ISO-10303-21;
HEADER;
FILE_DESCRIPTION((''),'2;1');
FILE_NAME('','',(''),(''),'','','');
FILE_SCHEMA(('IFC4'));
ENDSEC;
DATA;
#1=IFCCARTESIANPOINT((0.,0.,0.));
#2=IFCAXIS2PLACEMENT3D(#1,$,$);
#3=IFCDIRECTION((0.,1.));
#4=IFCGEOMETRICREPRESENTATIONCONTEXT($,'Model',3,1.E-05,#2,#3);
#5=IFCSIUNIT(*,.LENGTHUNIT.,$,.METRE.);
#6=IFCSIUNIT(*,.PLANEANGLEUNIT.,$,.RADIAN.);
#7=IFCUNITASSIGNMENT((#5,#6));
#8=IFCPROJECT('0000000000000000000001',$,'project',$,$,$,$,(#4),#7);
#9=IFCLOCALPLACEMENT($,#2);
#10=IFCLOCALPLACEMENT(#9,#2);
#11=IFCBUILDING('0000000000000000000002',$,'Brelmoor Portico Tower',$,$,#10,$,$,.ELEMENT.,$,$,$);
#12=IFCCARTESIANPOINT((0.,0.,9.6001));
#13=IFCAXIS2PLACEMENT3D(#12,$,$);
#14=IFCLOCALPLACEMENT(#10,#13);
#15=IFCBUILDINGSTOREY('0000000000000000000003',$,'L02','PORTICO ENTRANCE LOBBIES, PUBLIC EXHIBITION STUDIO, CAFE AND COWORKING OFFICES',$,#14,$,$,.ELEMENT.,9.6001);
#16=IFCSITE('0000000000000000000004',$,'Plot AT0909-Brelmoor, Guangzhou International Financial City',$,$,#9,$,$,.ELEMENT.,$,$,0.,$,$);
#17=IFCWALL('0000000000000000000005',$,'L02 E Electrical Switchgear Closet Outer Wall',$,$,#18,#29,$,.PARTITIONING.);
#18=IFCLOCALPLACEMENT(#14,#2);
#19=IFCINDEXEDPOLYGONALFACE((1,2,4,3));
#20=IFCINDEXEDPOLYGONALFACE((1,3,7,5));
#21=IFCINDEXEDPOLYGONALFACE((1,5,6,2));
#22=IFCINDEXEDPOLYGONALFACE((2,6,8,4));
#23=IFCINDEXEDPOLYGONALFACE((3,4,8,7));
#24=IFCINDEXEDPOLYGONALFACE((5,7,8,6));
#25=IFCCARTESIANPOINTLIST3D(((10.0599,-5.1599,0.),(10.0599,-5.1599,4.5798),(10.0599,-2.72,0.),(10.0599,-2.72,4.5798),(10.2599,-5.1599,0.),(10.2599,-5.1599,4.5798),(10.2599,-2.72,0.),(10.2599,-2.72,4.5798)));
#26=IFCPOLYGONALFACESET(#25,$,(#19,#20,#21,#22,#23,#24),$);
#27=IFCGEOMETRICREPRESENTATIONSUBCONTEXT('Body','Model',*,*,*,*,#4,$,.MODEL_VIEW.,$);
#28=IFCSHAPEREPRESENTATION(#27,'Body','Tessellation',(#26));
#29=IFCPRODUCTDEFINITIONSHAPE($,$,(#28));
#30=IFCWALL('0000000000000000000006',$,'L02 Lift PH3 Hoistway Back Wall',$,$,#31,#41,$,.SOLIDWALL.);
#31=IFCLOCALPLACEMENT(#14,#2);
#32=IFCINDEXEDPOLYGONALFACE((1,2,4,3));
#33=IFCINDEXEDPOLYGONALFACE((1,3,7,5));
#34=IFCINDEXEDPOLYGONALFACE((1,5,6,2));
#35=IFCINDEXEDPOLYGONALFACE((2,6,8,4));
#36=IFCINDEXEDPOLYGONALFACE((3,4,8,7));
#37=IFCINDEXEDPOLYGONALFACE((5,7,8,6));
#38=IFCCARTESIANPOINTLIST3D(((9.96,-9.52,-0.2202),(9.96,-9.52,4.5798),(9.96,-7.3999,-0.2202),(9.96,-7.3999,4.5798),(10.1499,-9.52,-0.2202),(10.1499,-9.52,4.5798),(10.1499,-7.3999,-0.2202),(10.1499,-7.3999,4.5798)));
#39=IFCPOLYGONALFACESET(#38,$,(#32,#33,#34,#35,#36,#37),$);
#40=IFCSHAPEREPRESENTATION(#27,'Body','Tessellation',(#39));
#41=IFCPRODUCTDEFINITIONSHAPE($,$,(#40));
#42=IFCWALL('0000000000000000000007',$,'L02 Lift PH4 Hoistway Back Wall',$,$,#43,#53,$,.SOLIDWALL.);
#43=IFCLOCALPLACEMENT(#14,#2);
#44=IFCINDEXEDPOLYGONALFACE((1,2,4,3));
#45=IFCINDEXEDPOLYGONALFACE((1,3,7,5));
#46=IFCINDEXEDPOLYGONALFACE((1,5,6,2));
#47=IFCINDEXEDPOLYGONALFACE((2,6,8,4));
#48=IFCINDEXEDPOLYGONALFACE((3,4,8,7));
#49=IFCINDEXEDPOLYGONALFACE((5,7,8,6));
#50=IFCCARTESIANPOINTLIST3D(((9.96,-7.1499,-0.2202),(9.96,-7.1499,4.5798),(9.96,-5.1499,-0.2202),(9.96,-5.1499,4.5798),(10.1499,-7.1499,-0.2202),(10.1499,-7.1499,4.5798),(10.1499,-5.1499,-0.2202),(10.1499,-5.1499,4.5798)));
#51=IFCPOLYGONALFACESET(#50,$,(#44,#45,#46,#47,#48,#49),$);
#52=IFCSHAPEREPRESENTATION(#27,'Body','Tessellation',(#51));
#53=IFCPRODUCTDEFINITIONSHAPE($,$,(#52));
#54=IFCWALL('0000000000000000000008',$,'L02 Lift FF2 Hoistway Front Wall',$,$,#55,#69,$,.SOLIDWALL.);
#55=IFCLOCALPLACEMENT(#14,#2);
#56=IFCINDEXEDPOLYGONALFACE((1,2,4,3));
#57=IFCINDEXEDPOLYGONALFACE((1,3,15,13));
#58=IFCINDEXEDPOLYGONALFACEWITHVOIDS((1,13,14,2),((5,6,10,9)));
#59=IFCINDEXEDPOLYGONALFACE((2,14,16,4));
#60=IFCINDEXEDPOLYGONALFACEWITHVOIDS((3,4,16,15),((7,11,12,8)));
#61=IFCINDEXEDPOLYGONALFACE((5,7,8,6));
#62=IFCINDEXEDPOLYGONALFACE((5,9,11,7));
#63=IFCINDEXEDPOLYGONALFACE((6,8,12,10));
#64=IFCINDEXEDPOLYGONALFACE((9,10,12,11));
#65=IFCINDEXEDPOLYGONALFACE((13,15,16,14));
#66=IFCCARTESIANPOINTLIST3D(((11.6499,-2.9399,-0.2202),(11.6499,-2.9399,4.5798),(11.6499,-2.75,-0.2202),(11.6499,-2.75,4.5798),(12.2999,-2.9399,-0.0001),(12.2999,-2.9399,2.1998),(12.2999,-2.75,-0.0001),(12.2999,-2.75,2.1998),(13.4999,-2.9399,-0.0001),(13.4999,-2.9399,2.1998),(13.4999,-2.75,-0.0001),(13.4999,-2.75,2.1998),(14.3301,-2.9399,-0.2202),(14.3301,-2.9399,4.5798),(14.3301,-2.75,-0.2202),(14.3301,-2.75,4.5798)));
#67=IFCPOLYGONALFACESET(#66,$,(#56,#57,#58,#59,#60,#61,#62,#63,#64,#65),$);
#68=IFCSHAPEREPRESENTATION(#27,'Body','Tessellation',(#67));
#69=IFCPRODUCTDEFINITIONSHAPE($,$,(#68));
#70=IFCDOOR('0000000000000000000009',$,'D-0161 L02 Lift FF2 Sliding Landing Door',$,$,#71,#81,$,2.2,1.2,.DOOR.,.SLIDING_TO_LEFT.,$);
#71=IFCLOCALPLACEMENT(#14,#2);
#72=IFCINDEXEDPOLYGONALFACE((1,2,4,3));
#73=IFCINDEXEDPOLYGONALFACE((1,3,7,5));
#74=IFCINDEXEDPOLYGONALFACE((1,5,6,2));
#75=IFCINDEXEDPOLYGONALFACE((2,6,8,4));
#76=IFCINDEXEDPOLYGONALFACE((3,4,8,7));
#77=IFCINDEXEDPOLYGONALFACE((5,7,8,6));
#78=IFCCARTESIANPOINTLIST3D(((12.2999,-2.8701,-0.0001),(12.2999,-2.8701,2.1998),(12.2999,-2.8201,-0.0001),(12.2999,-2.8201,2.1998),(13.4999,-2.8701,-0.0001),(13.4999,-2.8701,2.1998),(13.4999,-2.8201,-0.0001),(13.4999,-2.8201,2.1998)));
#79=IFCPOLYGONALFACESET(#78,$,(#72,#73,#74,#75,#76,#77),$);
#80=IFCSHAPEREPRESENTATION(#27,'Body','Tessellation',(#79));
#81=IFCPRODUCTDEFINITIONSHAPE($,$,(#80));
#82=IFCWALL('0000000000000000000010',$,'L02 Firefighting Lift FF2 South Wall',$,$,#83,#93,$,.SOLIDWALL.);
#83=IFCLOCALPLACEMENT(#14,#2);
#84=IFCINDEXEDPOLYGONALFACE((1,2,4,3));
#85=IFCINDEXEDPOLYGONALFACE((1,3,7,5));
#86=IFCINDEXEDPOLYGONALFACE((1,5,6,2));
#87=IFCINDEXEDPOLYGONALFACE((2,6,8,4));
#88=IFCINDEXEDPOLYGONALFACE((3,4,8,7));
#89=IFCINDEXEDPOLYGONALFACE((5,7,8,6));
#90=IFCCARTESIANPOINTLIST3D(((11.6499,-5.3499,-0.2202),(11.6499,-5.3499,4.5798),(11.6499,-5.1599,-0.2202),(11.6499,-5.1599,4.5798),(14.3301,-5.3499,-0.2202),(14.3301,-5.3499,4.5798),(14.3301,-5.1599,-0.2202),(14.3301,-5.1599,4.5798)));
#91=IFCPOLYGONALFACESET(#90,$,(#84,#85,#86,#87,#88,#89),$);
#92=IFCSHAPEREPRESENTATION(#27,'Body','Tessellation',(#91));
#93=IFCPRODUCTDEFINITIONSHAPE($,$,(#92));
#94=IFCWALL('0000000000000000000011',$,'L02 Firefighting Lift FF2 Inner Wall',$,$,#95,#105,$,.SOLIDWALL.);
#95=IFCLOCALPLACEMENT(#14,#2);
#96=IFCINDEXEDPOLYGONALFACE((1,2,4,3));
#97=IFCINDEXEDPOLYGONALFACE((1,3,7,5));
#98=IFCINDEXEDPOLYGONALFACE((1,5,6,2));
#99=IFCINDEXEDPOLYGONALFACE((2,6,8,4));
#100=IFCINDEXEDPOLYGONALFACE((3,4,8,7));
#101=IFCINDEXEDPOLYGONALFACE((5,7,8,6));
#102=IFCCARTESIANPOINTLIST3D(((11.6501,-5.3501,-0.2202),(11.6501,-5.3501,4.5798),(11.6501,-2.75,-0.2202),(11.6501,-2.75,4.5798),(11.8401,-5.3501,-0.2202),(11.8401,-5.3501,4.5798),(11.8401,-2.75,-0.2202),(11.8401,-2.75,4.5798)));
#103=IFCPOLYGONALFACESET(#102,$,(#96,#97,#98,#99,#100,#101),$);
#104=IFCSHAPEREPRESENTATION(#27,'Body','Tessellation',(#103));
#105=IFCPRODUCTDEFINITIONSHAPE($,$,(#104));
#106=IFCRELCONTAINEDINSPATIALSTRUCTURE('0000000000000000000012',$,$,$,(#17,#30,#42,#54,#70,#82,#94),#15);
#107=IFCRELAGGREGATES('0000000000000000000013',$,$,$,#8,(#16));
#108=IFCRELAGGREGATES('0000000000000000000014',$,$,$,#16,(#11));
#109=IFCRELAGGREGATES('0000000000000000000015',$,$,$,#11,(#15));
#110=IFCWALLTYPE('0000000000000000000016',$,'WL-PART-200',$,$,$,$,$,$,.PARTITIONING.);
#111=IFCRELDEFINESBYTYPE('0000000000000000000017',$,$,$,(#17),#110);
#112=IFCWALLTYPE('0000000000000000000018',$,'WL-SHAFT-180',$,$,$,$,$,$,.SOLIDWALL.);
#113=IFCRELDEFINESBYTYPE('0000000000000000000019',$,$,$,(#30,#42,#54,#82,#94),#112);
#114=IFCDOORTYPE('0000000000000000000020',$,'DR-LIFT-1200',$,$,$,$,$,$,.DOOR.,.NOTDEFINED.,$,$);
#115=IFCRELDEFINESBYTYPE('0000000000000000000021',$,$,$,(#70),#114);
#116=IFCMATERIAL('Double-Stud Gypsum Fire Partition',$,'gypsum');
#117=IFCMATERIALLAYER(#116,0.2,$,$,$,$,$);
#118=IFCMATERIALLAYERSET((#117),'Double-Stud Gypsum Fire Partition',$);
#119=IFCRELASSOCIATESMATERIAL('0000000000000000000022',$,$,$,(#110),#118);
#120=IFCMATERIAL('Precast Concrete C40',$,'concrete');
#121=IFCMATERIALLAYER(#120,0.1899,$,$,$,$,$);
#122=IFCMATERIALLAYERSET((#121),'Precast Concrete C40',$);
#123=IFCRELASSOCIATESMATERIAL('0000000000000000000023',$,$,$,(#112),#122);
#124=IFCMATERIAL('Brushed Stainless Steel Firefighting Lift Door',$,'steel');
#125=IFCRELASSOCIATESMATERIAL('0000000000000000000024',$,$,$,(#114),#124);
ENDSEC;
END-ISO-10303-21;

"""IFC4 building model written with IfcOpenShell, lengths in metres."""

from ifc_helpers import new_model, si_unit, direction, frame, frame_2d, origin, place, context, subcontext, project, spatial, rectangle, extrude, material, layer, layer_set, type_object, element, fill, save


model = new_model("IFC4")

# Units and contexts
model_context = context("Model", 3, precision=1e-05, world=origin(), true_north=direction((0.0, 1.0)))
body_context = subcontext(model_context, "Body", "Model", "MODEL_VIEW")
ifc_project = project(units=[si_unit("LENGTHUNIT", "METRE"), si_unit("PLANEANGLEUNIT", "RADIAN")], contexts=[model_context])

# Site, building, storey
site_placement = place(None, origin())
site = spatial("IfcSite", under=ifc_project, at=site_placement, Name="Plot AT0909-Brelmoor, Guangzhou International Financial City", CompositionType="ELEMENT", RefElevation=0.0)
building_placement = place(site_placement, origin())
building = spatial("IfcBuilding", under=site, at=building_placement, Name="Brelmoor Portico Tower", CompositionType="ELEMENT")
storey_placement = place(building_placement, frame((0.0, 0.0, 9.6001)))
storey = spatial("IfcBuildingStorey", under=building, at=storey_placement, Name="L02", Description="PORTICO ENTRANCE LOBBIES, PUBLIC EXHIBITION STUDIO, CAFE AND COWORKING OFFICES", CompositionType="ELEMENT", Elevation=9.6001)

# Shared definitions
ifc_material_1 = material(Name="Double-Stud Gypsum Fire Partition", Category="gypsum")
ifc_layer_1 = layer(ifc_material_1, 0.2)
ifc_layer_set_1 = layer_set([ifc_layer_1], Name="Double-Stud Gypsum Fire Partition")
wall_type_1 = type_object("IfcWallType", Name="WL-PART-200", PredefinedType="PARTITIONING", material=ifc_layer_set_1)

# Walls
wall_1_placement = place(storey_placement, frame((10.1599, -5.1599, 0.0), z_axis=(0.0, 0.0, 1.0), x_axis=(0.0, 1.0, 0.0)))
element("IfcWall", 1, at=wall_1_placement, inside=storey, type_object=wall_type_1, Name="L02 E Electrical Switchgear Closet Outer Wall", PredefinedType="PARTITIONING", context=body_context, shape_type="SweptSolid", body=[
    extrude(rectangle(XDim=2.4399, YDim=0.2, at=frame_2d((1.22, 0.0))), origin(), (0.0, 0.0, 1.0), 4.5798),
])
ifc_material_2 = material(Name="Precast Concrete C40", Category="concrete")
ifc_layer_2 = layer(ifc_material_2, 0.1899)
ifc_layer_set_2 = layer_set([ifc_layer_2], Name="Precast Concrete C40")
wall_type_2 = type_object("IfcWallType", Name="WL-SHAFT-180", PredefinedType="SOLIDWALL", material=ifc_layer_set_2)
wall_2_placement = place(storey_placement, frame((10.0549, -9.52, -0.2202), z_axis=(0.0, 0.0, 1.0), x_axis=(0.0, 1.0, 0.0)))
element("IfcWall", 2, at=wall_2_placement, inside=storey, type_object=wall_type_2, Name="L02 Lift PH3 Hoistway Back Wall", PredefinedType="SOLIDWALL", context=body_context, shape_type="SweptSolid", body=[
    extrude(rectangle(XDim=2.1201, YDim=0.1899, at=frame_2d((1.0601, 0.0))), origin(), (0.0, 0.0, 1.0), 4.8),
])
wall_3_placement = place(storey_placement, frame((10.0549, -7.1499, -0.2202), z_axis=(0.0, 0.0, 1.0), x_axis=(0.0, 1.0, 0.0)))
element("IfcWall", 3, at=wall_3_placement, inside=storey, type_object=wall_type_2, Name="L02 Lift PH4 Hoistway Back Wall", PredefinedType="SOLIDWALL", context=body_context, shape_type="SweptSolid", body=[
    extrude(rectangle(XDim=2.0, YDim=0.1899, at=frame_2d((1.0, 0.0))), origin(), (0.0, 0.0, 1.0), 4.8),
])

# Wall, opening, door
wall_4_placement = place(storey_placement, frame((11.6499, -2.845, -0.2202), z_axis=(0.0, 0.0, 1.0), x_axis=(1.0, 0.0, 0.0)))
wall_4 = element("IfcWall", 4, at=wall_4_placement, inside=storey, type_object=wall_type_2, Name="L02 Lift FF2 Hoistway Front Wall", PredefinedType="SOLIDWALL", context=body_context, shape_type="SweptSolid", body=[
    extrude(rectangle(XDim=2.6802, YDim=0.1899, at=frame_2d((1.3401, 0.0))), origin(), (0.0, 0.0, 1.0), 4.8),
])
opening_1_placement = place(wall_4_placement, frame((0.6499, 0.0, 0.22)))
opening_1 = element("IfcOpeningElement", 5, at=opening_1_placement, cuts=wall_4, PredefinedType="OPENING", context=body_context, shape_type="SweptSolid", body=[
    extrude(rectangle(XDim=1.2, YDim=2.2, at=frame_2d((0.6001, 1.1001))), frame((0.0, 0.105, 0.0), z_axis=(0.0, -1.0, 0.0), x_axis=(1.0, 0.0, 0.0)), (0.0, 0.0, 1.0), 0.21),
])
ifc_material_3 = material(Name="Brushed Stainless Steel Firefighting Lift Door", Category="steel")
door_type_1 = type_object("IfcDoorType", Name="DR-LIFT-1200", OperationType="NOTDEFINED", PredefinedType="DOOR", material=ifc_material_3)
door_1_placement = place(opening_1_placement, origin())
door_1 = element("IfcDoor", 6, at=door_1_placement, inside=storey, type_object=door_type_1, Name="D-0161 L02 Lift FF2 Sliding Landing Door", OperationType="SLIDING_TO_LEFT", OverallHeight=2.2, OverallWidth=1.2, PredefinedType="DOOR", context=body_context, shape_type="SweptSolid", body=[
    extrude(rectangle(XDim=1.2, YDim=2.2, at=frame_2d((0.6001, 1.1001))), frame((0.0, 0.0249, 0.0), z_axis=(0.0, -1.0, 0.0), x_axis=(1.0, 0.0, 0.0)), (0.0, 0.0, 1.0), 0.05),
])
fill(opening_1, door_1)

# Walls
wall_5_placement = place(storey_placement, frame((11.6499, -5.2549, -0.2202), z_axis=(0.0, 0.0, 1.0), x_axis=(1.0, 0.0, 0.0)))
element("IfcWall", 7, at=wall_5_placement, inside=storey, type_object=wall_type_2, Name="L02 Firefighting Lift FF2 South Wall", PredefinedType="SOLIDWALL", context=body_context, shape_type="SweptSolid", body=[
    extrude(rectangle(XDim=2.6802, YDim=0.1899, at=frame_2d((1.3401, 0.0))), origin(), (0.0, 0.0, 1.0), 4.8),
])
wall_6_placement = place(storey_placement, frame((11.7451, -5.3501, -0.2202), z_axis=(0.0, 0.0, 1.0), x_axis=(0.0, 1.0, 0.0)))
element("IfcWall", 8, at=wall_6_placement, inside=storey, type_object=wall_type_2, Name="L02 Firefighting Lift FF2 Inner Wall", PredefinedType="SOLIDWALL", context=body_context, shape_type="SweptSolid", body=[
    extrude(rectangle(XDim=2.6001, YDim=0.1899, at=frame_2d((1.3, 0.0))), origin(), (0.0, 0.0, 1.0), 4.8),
])

save(model, "model.ifc")
